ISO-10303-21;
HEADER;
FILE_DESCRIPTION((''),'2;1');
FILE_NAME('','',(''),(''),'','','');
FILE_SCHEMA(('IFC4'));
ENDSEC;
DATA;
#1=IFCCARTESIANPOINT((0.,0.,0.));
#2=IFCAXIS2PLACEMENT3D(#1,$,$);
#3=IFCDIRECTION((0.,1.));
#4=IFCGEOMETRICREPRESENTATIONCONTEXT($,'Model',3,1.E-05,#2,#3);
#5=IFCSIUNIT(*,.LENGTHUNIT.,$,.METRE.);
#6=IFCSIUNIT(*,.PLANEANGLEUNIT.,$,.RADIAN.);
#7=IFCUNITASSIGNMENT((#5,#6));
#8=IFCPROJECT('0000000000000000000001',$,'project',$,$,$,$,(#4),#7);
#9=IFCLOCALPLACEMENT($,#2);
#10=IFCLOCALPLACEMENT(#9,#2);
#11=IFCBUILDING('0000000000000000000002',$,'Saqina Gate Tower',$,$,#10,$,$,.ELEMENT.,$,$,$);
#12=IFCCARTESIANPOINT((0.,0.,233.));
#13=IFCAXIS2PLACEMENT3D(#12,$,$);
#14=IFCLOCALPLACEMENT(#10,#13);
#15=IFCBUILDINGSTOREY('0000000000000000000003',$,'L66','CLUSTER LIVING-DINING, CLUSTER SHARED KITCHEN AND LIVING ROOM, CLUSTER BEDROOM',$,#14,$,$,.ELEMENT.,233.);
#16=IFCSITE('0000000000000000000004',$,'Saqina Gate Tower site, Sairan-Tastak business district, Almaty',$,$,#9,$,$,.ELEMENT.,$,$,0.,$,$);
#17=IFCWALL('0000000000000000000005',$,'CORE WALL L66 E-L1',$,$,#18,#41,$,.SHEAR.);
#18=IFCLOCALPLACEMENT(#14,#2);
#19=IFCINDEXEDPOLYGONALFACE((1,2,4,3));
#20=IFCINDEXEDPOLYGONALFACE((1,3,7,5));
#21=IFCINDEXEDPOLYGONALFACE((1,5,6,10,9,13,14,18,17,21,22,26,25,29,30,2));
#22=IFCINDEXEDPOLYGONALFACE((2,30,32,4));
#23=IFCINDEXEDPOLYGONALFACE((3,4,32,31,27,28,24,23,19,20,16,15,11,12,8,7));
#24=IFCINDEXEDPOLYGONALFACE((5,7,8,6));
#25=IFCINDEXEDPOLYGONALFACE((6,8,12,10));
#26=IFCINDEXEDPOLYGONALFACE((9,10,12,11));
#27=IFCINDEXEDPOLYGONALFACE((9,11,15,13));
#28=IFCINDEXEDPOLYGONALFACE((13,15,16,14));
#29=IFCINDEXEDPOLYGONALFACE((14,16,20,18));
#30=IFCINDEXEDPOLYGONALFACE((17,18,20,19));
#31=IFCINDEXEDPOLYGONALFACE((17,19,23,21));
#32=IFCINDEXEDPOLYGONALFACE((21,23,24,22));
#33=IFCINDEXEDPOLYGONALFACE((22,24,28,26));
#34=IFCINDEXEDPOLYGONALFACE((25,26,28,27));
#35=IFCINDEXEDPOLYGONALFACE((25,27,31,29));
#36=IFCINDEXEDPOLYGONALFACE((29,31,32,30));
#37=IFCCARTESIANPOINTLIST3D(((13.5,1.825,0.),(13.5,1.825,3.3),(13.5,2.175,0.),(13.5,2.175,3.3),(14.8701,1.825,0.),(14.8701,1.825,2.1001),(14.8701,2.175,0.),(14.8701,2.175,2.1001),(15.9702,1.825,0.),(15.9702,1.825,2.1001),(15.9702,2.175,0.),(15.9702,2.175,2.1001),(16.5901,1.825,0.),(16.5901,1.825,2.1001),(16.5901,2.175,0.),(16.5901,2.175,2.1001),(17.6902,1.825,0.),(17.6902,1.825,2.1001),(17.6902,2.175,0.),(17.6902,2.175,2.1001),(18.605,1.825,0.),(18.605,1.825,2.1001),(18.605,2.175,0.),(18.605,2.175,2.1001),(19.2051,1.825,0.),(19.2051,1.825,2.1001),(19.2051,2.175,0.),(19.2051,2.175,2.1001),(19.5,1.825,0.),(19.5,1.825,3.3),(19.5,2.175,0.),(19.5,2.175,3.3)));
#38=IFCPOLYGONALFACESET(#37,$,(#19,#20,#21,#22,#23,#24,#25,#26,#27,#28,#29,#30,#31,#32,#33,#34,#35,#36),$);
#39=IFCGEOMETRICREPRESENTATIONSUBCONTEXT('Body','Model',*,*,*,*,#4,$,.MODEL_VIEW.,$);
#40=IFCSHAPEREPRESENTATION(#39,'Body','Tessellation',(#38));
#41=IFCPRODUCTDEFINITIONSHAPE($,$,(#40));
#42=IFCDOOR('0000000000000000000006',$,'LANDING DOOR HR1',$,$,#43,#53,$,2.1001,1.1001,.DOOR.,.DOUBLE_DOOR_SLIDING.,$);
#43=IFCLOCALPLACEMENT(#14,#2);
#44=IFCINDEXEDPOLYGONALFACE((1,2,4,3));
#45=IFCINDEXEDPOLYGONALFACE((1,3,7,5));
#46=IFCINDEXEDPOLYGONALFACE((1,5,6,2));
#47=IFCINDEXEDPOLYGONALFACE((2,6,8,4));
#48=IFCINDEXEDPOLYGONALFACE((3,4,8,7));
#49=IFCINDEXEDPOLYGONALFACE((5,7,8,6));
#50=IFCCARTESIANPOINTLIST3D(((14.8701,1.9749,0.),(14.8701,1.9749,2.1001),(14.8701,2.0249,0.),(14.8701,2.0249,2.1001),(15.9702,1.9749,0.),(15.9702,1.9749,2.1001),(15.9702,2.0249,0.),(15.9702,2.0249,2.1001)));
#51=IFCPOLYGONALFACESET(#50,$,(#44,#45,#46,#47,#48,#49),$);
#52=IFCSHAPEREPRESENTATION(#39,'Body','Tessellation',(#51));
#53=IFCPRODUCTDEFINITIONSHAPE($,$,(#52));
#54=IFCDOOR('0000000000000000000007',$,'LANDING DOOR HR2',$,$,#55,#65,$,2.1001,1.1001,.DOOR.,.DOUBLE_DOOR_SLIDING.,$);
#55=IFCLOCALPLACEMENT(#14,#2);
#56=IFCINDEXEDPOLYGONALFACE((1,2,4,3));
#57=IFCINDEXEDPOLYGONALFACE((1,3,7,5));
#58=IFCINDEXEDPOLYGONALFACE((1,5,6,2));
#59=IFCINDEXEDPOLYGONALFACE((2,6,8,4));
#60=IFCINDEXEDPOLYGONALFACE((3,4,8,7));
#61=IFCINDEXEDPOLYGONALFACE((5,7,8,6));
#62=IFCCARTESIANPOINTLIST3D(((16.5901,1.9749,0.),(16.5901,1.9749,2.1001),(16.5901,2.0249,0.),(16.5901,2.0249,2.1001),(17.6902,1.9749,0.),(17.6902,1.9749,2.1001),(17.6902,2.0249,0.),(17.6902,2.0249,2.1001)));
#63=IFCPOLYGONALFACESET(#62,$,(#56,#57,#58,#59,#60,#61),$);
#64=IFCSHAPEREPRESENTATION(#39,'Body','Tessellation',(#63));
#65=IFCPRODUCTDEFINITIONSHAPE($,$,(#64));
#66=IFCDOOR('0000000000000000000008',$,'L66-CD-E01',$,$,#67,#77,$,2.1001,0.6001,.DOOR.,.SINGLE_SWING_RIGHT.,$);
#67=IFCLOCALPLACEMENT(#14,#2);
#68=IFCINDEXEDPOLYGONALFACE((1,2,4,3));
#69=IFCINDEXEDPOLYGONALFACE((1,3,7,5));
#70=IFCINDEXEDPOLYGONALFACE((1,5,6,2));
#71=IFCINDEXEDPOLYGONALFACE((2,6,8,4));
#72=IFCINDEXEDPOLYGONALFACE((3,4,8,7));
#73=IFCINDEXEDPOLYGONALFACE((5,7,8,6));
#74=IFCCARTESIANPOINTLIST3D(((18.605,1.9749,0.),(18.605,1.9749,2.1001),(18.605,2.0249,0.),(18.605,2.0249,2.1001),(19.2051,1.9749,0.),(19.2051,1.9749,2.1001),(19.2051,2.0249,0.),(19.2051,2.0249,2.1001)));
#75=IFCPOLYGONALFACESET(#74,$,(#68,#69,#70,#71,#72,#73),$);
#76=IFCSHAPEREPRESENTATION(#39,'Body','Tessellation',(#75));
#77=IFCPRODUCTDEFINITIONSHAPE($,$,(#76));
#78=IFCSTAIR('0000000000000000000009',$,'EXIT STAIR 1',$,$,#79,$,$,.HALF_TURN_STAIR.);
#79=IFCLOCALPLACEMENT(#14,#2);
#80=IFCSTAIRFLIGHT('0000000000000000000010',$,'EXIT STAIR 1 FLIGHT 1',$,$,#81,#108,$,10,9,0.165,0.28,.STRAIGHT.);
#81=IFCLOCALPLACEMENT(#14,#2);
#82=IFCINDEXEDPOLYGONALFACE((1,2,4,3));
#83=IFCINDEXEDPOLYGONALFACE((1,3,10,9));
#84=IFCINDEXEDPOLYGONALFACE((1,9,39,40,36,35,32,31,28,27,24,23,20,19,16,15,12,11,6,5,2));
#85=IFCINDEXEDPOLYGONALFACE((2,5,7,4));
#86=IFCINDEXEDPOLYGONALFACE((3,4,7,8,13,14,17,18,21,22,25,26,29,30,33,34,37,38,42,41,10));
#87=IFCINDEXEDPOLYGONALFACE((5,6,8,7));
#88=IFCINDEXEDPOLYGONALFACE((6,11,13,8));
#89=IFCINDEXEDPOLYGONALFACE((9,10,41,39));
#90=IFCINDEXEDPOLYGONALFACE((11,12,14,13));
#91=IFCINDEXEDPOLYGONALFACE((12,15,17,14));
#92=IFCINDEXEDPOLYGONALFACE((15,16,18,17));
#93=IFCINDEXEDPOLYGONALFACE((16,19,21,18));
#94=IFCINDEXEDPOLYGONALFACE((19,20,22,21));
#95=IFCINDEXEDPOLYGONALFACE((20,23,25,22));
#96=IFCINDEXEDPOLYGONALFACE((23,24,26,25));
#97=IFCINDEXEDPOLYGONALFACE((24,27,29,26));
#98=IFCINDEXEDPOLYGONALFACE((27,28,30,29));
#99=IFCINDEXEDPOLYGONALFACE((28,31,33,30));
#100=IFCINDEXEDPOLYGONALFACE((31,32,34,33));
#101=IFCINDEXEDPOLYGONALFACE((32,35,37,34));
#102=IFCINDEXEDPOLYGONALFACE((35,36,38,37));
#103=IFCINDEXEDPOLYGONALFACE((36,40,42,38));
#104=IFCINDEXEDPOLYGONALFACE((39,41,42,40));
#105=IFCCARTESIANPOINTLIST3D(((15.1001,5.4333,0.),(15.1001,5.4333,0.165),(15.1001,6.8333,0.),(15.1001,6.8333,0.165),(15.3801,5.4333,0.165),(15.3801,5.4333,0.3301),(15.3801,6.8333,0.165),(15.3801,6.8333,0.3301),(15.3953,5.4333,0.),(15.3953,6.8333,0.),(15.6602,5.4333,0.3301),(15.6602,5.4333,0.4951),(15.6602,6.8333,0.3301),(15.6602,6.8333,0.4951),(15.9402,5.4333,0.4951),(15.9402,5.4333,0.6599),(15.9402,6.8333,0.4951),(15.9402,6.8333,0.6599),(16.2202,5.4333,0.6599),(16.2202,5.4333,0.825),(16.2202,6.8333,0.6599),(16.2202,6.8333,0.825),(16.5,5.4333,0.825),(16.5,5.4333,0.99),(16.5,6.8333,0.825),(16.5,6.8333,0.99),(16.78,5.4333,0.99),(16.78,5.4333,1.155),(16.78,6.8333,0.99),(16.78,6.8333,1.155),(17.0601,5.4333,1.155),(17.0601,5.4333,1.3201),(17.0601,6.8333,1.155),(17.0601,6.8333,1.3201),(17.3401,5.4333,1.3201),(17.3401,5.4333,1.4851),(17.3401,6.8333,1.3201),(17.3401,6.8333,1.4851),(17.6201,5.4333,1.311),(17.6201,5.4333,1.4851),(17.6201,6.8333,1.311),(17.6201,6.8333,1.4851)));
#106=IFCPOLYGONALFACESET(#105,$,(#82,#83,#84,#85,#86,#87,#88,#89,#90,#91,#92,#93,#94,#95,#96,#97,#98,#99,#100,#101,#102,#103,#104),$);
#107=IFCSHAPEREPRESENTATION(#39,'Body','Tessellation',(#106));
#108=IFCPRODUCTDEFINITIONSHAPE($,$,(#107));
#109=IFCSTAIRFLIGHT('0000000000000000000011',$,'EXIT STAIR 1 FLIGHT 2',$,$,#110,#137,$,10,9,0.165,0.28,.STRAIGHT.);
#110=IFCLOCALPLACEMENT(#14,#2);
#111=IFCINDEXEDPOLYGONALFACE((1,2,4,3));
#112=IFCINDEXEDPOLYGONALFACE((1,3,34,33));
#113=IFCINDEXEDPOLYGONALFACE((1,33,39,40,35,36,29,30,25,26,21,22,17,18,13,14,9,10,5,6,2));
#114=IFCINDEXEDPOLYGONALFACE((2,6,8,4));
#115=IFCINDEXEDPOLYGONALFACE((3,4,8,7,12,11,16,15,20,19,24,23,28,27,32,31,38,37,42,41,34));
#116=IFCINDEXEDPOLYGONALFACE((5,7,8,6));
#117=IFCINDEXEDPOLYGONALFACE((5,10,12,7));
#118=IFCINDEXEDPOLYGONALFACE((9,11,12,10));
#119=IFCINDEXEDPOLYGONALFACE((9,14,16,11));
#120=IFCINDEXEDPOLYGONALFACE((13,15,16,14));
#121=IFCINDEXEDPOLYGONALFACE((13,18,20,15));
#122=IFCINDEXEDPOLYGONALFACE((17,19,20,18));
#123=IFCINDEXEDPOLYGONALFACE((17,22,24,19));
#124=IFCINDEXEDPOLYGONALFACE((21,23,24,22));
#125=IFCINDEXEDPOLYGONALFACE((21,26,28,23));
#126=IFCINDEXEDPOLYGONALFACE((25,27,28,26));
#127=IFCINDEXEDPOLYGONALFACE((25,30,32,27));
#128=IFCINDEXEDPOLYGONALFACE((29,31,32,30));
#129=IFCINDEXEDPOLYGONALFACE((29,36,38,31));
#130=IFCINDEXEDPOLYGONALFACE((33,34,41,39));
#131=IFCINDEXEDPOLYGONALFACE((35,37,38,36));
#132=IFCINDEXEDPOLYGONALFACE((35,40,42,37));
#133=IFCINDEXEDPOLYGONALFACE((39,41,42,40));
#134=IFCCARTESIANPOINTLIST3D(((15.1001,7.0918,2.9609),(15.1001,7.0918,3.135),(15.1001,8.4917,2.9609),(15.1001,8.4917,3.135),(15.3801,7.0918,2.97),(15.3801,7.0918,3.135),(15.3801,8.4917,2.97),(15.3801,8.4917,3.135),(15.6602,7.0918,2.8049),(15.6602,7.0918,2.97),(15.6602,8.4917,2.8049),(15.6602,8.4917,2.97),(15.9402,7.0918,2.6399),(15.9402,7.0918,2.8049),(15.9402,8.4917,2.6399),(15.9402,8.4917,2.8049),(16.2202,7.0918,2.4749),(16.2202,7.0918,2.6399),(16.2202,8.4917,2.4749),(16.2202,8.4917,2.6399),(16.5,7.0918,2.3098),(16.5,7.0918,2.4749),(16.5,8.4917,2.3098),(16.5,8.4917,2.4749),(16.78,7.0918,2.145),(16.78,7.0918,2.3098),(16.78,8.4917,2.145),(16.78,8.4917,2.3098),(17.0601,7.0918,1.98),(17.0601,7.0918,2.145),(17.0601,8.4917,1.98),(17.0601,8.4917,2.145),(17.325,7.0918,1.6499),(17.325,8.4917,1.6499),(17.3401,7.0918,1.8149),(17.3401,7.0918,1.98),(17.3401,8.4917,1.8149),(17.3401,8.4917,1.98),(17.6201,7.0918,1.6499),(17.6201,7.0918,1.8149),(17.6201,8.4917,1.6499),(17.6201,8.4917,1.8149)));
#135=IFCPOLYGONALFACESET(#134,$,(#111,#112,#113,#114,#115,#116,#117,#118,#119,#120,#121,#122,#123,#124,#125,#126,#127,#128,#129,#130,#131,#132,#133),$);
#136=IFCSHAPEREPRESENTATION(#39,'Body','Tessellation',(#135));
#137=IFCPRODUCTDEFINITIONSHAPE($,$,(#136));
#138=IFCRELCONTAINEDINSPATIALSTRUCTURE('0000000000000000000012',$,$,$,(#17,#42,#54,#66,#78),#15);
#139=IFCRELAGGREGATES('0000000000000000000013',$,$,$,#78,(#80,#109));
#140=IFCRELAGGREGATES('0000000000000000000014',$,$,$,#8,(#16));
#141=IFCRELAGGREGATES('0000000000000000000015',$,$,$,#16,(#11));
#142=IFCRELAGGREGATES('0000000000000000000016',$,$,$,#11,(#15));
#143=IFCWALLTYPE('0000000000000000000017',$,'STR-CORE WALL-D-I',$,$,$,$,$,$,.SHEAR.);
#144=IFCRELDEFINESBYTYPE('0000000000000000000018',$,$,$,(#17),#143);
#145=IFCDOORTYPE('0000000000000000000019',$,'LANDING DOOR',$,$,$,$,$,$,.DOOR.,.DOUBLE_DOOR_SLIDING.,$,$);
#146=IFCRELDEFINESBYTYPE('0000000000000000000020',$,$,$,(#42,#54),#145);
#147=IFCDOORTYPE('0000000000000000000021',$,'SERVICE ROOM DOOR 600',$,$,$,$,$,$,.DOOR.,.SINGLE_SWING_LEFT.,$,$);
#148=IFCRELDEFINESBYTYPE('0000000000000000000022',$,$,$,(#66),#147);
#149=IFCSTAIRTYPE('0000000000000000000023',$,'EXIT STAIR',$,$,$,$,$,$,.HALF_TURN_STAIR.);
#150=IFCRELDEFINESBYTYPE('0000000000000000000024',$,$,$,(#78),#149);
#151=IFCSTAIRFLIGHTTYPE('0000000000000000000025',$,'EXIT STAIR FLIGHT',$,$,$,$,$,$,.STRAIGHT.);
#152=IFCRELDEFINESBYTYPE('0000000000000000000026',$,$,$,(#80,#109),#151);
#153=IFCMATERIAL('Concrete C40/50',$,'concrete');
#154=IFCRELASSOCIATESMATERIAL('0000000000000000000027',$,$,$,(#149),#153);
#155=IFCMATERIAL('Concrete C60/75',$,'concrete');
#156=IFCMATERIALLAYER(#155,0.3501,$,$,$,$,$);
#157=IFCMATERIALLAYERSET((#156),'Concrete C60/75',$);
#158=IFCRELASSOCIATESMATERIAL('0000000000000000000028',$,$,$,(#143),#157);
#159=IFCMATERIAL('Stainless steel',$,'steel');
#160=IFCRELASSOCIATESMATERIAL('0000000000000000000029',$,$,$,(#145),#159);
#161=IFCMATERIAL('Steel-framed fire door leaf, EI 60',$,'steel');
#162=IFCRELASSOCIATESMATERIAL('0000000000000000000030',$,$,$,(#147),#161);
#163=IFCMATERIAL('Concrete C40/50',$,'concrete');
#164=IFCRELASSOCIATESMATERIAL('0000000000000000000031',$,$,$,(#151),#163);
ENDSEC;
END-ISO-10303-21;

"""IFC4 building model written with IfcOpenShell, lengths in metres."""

from ifc_helpers import new_model, si_unit, direction, frame, frame_2d, origin, place, context, subcontext, project, spatial, polyline, rectangle, outline, extrude, material, layer, layer_set, type_object, element, fill, aggregate, save


model = new_model("IFC4")

# Units and contexts
model_context = context("Model", 3, precision=1e-05, world=origin(), true_north=direction((0.0, 1.0)))
body_context = subcontext(model_context, "Body", "Model", "MODEL_VIEW")
ifc_project = project(units=[si_unit("LENGTHUNIT", "METRE"), si_unit("PLANEANGLEUNIT", "RADIAN")], contexts=[model_context])

# Site, building, storey
site_placement = place(None, origin())
site = spatial("IfcSite", under=ifc_project, at=site_placement, Name="Saqina Gate Tower site, Sairan-Tastak business district, Almaty", CompositionType="ELEMENT", RefElevation=0.0)
building_placement = place(site_placement, origin())
building = spatial("IfcBuilding", under=site, at=building_placement, Name="Saqina Gate Tower", CompositionType="ELEMENT")
storey_placement = place(building_placement, frame((0.0, 0.0, 233.0)))
storey = spatial("IfcBuildingStorey", under=building, at=storey_placement, Name="L66", Description="CLUSTER LIVING-DINING, CLUSTER SHARED KITCHEN AND LIVING ROOM, CLUSTER BEDROOM", CompositionType="ELEMENT", Elevation=233.0)

# Shared definitions
ifc_material_1 = material(Name="Concrete C40/50", Category="concrete")
stair_type = type_object("IfcStairType", Name="EXIT STAIR", PredefinedType="HALF_TURN_STAIR", material=ifc_material_1)

# Shared definitions
ifc_material_2 = material(Name="Concrete C60/75", Category="concrete")
ifc_layer_1 = layer(ifc_material_2, 0.3501)
ifc_layer_set_1 = layer_set([ifc_layer_1], Name="Concrete C60/75")
wall_type_1 = type_object("IfcWallType", Name="STR-CORE WALL-D-I", PredefinedType="SHEAR", material=ifc_layer_set_1)

# Wall, openings, doors
wall_1_placement = place(storey_placement, frame((13.5, 2.0, 0.0), z_axis=(0.0, 0.0, 1.0), x_axis=(1.0, 0.0, 0.0)))
wall_1 = element("IfcWall", 1, at=wall_1_placement, inside=storey, type_object=wall_type_1, Name="CORE WALL L66 E-L1", PredefinedType="SHEAR", context=body_context, shape_type="SweptSolid", body=[
    extrude(rectangle(XDim=6.0, YDim=0.3501, at=frame_2d((3.0, 0.0))), origin(), (0.0, 0.0, 1.0), 3.3),
])
opening_1_placement = place(wall_1_placement, frame((1.3701, 0.0, 0.0)))
opening_1 = element("IfcOpeningElement", 2, at=opening_1_placement, cuts=wall_1, PredefinedType="OPENING", context=body_context, shape_type="SweptSolid", body=[
    extrude(rectangle(XDim=1.1001, YDim=2.1001, at=frame_2d((0.55, 1.05))), frame((0.0, 0.187, 0.0), z_axis=(0.0, -1.0, 0.0), x_axis=(1.0, 0.0, 0.0)), (0.0, 0.0, 1.0), 0.374),
])
opening_2_placement = place(wall_1_placement, frame((3.0901, 0.0, 0.0)))
opening_2 = element("IfcOpeningElement", 3, at=opening_2_placement, cuts=wall_1, PredefinedType="OPENING", context=body_context, shape_type="SweptSolid", body=[
    extrude(rectangle(XDim=1.1001, YDim=2.1001, at=frame_2d((0.55, 1.05))), frame((0.0, 0.187, 0.0), z_axis=(0.0, -1.0, 0.0), x_axis=(1.0, 0.0, 0.0)), (0.0, 0.0, 1.0), 0.374),
])
opening_3_placement = place(wall_1_placement, frame((5.105, 0.0, 0.0)))
opening_3 = element("IfcOpeningElement", 4, at=opening_3_placement, cuts=wall_1, PredefinedType="OPENING", context=body_context, shape_type="SweptSolid", body=[
    extrude(rectangle(XDim=0.6001, YDim=2.1001, at=frame_2d((0.3, 1.05))), frame((0.0, 0.187, 0.0), z_axis=(0.0, -1.0, 0.0), x_axis=(1.0, 0.0, 0.0)), (0.0, 0.0, 1.0), 0.374),
])
ifc_material_3 = material(Name="Stainless steel", Category="steel")
door_type_1 = type_object("IfcDoorType", Name="LANDING DOOR", OperationType="DOUBLE_DOOR_SLIDING", PredefinedType="DOOR", material=ifc_material_3)
door_1_placement = place(opening_1_placement, origin())
door_1 = element("IfcDoor", 5, at=door_1_placement, inside=storey, type_object=door_type_1, Name="LANDING DOOR HR1", OperationType="DOUBLE_DOOR_SLIDING", OverallHeight=2.1001, OverallWidth=1.1001, PredefinedType="DOOR", context=body_context, shape_type="SweptSolid", body=[
    extrude(rectangle(XDim=1.1001, YDim=2.1001, at=frame_2d((0.55, 1.05))), frame((0.0, 0.0249, 0.0), z_axis=(0.0, -1.0, 0.0), x_axis=(1.0, 0.0, 0.0)), (0.0, 0.0, 1.0), 0.05),
])
fill(opening_1, door_1)
door_2_placement = place(opening_2_placement, origin())
door_2 = element("IfcDoor", 6, at=door_2_placement, inside=storey, type_object=door_type_1, Name="LANDING DOOR HR2", OperationType="DOUBLE_DOOR_SLIDING", OverallHeight=2.1001, OverallWidth=1.1001, PredefinedType="DOOR", context=body_context, shape_type="SweptSolid", body=[
    extrude(rectangle(XDim=1.1001, YDim=2.1001, at=frame_2d((0.55, 1.05))), frame((0.0, 0.0249, 0.0), z_axis=(0.0, -1.0, 0.0), x_axis=(1.0, 0.0, 0.0)), (0.0, 0.0, 1.0), 0.05),
])
fill(opening_2, door_2)
ifc_material_4 = material(Name="Steel-framed fire door leaf, EI 60", Category="steel")
door_type_2 = type_object("IfcDoorType", Name="SERVICE ROOM DOOR 600", OperationType="SINGLE_SWING_LEFT", PredefinedType="DOOR", material=ifc_material_4)
door_3_placement = place(opening_3_placement, origin())
door_3 = element("IfcDoor", 7, at=door_3_placement, inside=storey, type_object=door_type_2, Name="L66-CD-E01", OperationType="SINGLE_SWING_RIGHT", OverallHeight=2.1001, OverallWidth=0.6001, PredefinedType="DOOR", context=body_context, shape_type="SweptSolid", body=[
    extrude(rectangle(XDim=0.6001, YDim=2.1001, at=frame_2d((0.3, 1.05))), frame((0.0, 0.0249, 0.0), z_axis=(0.0, -1.0, 0.0), x_axis=(1.0, 0.0, 0.0)), (0.0, 0.0, 1.0), 0.05),
])
fill(opening_3, door_3)

# Stair, stair flights
stair_1_placement = place(storey_placement, origin())
stair_1 = element("IfcStair", 8, at=stair_1_placement, inside=storey, type_object=stair_type, Name="EXIT STAIR 1", PredefinedType="HALF_TURN_STAIR")
ifc_material_5 = material(Name="Concrete C40/50", Category="concrete")
stair_flight_type = type_object("IfcStairFlightType", Name="EXIT STAIR FLIGHT", PredefinedType="STRAIGHT", material=ifc_material_5)
stair_flight_1_placement = place(storey_placement, frame((15.1001, 6.1333, 0.0), z_axis=(0.0, 0.0, 1.0), x_axis=(1.0, 0.0, 0.0)))
stair_flight_1 = element("IfcStairFlight", 9, at=stair_flight_1_placement, type_object=stair_flight_type, Name="EXIT STAIR 1 FLIGHT 1", NumberOfRisers=10, NumberOfTreads=9, PredefinedType="STRAIGHT", RiserHeight=0.165, TreadLength=0.28, context=body_context, shape_type="SweptSolid", body=[
    extrude(outline(polyline([(0.0, 0.0), (0.0, 0.165), (0.28, 0.165), (0.28, 0.3301), (0.5601, 0.3301), (0.5601, 0.4951), (0.8401, 0.4951), (0.8401, 0.6599), (1.1201, 0.6599), (1.1201, 0.825), (1.3999, 0.825), (1.3999, 0.99), (1.6799, 0.99), (1.6799, 1.155), (1.96, 1.155), (1.96, 1.3201), (2.24, 1.3201), (2.24, 1.4851), (2.52, 1.4851), (2.52, 1.6499), (2.52, 1.311), (0.2952, 0.0), (0.0, 0.0)])), frame((0.0, 0.7, 0.0), z_axis=(0.0, -1.0, 0.0), x_axis=(1.0, 0.0, 0.0)), (0.0, 0.0, 1.0), 1.3999),
])
stair_flight_2_placement = place(storey_placement, frame((17.6201, 7.7917, 1.6499), z_axis=(0.0, 0.0, 1.0), x_axis=(-1.0, 0.0, 0.0)))
stair_flight_2 = element("IfcStairFlight", 10, at=stair_flight_2_placement, type_object=stair_flight_type, Name="EXIT STAIR 1 FLIGHT 2", NumberOfRisers=10, NumberOfTreads=9, PredefinedType="STRAIGHT", RiserHeight=0.165, TreadLength=0.28, context=body_context, shape_type="SweptSolid", body=[
    extrude(outline(polyline([(0.0, 0.0), (0.0, 0.165), (0.28, 0.165), (0.28, 0.3301), (0.5601, 0.3301), (0.5601, 0.4951), (0.8401, 0.4951), (0.8401, 0.6599), (1.1201, 0.6599), (1.1201, 0.825), (1.3999, 0.825), (1.3999, 0.99), (1.6799, 0.99), (1.6799, 1.155), (1.96, 1.155), (1.96, 1.3201), (2.24, 1.3201), (2.24, 1.4851), (2.52, 1.4851), (2.52, 1.6499), (2.52, 1.311), (0.2952, 0.0), (0.0, 0.0)])), frame((0.0, 0.7, 0.0), z_axis=(0.0, -1.0, 0.0), x_axis=(1.0, 0.0, 0.0)), (0.0, 0.0, 1.0), 1.3999),
])
aggregate(stair_1, [stair_flight_1, stair_flight_2])

save(model, "model.ifc")
